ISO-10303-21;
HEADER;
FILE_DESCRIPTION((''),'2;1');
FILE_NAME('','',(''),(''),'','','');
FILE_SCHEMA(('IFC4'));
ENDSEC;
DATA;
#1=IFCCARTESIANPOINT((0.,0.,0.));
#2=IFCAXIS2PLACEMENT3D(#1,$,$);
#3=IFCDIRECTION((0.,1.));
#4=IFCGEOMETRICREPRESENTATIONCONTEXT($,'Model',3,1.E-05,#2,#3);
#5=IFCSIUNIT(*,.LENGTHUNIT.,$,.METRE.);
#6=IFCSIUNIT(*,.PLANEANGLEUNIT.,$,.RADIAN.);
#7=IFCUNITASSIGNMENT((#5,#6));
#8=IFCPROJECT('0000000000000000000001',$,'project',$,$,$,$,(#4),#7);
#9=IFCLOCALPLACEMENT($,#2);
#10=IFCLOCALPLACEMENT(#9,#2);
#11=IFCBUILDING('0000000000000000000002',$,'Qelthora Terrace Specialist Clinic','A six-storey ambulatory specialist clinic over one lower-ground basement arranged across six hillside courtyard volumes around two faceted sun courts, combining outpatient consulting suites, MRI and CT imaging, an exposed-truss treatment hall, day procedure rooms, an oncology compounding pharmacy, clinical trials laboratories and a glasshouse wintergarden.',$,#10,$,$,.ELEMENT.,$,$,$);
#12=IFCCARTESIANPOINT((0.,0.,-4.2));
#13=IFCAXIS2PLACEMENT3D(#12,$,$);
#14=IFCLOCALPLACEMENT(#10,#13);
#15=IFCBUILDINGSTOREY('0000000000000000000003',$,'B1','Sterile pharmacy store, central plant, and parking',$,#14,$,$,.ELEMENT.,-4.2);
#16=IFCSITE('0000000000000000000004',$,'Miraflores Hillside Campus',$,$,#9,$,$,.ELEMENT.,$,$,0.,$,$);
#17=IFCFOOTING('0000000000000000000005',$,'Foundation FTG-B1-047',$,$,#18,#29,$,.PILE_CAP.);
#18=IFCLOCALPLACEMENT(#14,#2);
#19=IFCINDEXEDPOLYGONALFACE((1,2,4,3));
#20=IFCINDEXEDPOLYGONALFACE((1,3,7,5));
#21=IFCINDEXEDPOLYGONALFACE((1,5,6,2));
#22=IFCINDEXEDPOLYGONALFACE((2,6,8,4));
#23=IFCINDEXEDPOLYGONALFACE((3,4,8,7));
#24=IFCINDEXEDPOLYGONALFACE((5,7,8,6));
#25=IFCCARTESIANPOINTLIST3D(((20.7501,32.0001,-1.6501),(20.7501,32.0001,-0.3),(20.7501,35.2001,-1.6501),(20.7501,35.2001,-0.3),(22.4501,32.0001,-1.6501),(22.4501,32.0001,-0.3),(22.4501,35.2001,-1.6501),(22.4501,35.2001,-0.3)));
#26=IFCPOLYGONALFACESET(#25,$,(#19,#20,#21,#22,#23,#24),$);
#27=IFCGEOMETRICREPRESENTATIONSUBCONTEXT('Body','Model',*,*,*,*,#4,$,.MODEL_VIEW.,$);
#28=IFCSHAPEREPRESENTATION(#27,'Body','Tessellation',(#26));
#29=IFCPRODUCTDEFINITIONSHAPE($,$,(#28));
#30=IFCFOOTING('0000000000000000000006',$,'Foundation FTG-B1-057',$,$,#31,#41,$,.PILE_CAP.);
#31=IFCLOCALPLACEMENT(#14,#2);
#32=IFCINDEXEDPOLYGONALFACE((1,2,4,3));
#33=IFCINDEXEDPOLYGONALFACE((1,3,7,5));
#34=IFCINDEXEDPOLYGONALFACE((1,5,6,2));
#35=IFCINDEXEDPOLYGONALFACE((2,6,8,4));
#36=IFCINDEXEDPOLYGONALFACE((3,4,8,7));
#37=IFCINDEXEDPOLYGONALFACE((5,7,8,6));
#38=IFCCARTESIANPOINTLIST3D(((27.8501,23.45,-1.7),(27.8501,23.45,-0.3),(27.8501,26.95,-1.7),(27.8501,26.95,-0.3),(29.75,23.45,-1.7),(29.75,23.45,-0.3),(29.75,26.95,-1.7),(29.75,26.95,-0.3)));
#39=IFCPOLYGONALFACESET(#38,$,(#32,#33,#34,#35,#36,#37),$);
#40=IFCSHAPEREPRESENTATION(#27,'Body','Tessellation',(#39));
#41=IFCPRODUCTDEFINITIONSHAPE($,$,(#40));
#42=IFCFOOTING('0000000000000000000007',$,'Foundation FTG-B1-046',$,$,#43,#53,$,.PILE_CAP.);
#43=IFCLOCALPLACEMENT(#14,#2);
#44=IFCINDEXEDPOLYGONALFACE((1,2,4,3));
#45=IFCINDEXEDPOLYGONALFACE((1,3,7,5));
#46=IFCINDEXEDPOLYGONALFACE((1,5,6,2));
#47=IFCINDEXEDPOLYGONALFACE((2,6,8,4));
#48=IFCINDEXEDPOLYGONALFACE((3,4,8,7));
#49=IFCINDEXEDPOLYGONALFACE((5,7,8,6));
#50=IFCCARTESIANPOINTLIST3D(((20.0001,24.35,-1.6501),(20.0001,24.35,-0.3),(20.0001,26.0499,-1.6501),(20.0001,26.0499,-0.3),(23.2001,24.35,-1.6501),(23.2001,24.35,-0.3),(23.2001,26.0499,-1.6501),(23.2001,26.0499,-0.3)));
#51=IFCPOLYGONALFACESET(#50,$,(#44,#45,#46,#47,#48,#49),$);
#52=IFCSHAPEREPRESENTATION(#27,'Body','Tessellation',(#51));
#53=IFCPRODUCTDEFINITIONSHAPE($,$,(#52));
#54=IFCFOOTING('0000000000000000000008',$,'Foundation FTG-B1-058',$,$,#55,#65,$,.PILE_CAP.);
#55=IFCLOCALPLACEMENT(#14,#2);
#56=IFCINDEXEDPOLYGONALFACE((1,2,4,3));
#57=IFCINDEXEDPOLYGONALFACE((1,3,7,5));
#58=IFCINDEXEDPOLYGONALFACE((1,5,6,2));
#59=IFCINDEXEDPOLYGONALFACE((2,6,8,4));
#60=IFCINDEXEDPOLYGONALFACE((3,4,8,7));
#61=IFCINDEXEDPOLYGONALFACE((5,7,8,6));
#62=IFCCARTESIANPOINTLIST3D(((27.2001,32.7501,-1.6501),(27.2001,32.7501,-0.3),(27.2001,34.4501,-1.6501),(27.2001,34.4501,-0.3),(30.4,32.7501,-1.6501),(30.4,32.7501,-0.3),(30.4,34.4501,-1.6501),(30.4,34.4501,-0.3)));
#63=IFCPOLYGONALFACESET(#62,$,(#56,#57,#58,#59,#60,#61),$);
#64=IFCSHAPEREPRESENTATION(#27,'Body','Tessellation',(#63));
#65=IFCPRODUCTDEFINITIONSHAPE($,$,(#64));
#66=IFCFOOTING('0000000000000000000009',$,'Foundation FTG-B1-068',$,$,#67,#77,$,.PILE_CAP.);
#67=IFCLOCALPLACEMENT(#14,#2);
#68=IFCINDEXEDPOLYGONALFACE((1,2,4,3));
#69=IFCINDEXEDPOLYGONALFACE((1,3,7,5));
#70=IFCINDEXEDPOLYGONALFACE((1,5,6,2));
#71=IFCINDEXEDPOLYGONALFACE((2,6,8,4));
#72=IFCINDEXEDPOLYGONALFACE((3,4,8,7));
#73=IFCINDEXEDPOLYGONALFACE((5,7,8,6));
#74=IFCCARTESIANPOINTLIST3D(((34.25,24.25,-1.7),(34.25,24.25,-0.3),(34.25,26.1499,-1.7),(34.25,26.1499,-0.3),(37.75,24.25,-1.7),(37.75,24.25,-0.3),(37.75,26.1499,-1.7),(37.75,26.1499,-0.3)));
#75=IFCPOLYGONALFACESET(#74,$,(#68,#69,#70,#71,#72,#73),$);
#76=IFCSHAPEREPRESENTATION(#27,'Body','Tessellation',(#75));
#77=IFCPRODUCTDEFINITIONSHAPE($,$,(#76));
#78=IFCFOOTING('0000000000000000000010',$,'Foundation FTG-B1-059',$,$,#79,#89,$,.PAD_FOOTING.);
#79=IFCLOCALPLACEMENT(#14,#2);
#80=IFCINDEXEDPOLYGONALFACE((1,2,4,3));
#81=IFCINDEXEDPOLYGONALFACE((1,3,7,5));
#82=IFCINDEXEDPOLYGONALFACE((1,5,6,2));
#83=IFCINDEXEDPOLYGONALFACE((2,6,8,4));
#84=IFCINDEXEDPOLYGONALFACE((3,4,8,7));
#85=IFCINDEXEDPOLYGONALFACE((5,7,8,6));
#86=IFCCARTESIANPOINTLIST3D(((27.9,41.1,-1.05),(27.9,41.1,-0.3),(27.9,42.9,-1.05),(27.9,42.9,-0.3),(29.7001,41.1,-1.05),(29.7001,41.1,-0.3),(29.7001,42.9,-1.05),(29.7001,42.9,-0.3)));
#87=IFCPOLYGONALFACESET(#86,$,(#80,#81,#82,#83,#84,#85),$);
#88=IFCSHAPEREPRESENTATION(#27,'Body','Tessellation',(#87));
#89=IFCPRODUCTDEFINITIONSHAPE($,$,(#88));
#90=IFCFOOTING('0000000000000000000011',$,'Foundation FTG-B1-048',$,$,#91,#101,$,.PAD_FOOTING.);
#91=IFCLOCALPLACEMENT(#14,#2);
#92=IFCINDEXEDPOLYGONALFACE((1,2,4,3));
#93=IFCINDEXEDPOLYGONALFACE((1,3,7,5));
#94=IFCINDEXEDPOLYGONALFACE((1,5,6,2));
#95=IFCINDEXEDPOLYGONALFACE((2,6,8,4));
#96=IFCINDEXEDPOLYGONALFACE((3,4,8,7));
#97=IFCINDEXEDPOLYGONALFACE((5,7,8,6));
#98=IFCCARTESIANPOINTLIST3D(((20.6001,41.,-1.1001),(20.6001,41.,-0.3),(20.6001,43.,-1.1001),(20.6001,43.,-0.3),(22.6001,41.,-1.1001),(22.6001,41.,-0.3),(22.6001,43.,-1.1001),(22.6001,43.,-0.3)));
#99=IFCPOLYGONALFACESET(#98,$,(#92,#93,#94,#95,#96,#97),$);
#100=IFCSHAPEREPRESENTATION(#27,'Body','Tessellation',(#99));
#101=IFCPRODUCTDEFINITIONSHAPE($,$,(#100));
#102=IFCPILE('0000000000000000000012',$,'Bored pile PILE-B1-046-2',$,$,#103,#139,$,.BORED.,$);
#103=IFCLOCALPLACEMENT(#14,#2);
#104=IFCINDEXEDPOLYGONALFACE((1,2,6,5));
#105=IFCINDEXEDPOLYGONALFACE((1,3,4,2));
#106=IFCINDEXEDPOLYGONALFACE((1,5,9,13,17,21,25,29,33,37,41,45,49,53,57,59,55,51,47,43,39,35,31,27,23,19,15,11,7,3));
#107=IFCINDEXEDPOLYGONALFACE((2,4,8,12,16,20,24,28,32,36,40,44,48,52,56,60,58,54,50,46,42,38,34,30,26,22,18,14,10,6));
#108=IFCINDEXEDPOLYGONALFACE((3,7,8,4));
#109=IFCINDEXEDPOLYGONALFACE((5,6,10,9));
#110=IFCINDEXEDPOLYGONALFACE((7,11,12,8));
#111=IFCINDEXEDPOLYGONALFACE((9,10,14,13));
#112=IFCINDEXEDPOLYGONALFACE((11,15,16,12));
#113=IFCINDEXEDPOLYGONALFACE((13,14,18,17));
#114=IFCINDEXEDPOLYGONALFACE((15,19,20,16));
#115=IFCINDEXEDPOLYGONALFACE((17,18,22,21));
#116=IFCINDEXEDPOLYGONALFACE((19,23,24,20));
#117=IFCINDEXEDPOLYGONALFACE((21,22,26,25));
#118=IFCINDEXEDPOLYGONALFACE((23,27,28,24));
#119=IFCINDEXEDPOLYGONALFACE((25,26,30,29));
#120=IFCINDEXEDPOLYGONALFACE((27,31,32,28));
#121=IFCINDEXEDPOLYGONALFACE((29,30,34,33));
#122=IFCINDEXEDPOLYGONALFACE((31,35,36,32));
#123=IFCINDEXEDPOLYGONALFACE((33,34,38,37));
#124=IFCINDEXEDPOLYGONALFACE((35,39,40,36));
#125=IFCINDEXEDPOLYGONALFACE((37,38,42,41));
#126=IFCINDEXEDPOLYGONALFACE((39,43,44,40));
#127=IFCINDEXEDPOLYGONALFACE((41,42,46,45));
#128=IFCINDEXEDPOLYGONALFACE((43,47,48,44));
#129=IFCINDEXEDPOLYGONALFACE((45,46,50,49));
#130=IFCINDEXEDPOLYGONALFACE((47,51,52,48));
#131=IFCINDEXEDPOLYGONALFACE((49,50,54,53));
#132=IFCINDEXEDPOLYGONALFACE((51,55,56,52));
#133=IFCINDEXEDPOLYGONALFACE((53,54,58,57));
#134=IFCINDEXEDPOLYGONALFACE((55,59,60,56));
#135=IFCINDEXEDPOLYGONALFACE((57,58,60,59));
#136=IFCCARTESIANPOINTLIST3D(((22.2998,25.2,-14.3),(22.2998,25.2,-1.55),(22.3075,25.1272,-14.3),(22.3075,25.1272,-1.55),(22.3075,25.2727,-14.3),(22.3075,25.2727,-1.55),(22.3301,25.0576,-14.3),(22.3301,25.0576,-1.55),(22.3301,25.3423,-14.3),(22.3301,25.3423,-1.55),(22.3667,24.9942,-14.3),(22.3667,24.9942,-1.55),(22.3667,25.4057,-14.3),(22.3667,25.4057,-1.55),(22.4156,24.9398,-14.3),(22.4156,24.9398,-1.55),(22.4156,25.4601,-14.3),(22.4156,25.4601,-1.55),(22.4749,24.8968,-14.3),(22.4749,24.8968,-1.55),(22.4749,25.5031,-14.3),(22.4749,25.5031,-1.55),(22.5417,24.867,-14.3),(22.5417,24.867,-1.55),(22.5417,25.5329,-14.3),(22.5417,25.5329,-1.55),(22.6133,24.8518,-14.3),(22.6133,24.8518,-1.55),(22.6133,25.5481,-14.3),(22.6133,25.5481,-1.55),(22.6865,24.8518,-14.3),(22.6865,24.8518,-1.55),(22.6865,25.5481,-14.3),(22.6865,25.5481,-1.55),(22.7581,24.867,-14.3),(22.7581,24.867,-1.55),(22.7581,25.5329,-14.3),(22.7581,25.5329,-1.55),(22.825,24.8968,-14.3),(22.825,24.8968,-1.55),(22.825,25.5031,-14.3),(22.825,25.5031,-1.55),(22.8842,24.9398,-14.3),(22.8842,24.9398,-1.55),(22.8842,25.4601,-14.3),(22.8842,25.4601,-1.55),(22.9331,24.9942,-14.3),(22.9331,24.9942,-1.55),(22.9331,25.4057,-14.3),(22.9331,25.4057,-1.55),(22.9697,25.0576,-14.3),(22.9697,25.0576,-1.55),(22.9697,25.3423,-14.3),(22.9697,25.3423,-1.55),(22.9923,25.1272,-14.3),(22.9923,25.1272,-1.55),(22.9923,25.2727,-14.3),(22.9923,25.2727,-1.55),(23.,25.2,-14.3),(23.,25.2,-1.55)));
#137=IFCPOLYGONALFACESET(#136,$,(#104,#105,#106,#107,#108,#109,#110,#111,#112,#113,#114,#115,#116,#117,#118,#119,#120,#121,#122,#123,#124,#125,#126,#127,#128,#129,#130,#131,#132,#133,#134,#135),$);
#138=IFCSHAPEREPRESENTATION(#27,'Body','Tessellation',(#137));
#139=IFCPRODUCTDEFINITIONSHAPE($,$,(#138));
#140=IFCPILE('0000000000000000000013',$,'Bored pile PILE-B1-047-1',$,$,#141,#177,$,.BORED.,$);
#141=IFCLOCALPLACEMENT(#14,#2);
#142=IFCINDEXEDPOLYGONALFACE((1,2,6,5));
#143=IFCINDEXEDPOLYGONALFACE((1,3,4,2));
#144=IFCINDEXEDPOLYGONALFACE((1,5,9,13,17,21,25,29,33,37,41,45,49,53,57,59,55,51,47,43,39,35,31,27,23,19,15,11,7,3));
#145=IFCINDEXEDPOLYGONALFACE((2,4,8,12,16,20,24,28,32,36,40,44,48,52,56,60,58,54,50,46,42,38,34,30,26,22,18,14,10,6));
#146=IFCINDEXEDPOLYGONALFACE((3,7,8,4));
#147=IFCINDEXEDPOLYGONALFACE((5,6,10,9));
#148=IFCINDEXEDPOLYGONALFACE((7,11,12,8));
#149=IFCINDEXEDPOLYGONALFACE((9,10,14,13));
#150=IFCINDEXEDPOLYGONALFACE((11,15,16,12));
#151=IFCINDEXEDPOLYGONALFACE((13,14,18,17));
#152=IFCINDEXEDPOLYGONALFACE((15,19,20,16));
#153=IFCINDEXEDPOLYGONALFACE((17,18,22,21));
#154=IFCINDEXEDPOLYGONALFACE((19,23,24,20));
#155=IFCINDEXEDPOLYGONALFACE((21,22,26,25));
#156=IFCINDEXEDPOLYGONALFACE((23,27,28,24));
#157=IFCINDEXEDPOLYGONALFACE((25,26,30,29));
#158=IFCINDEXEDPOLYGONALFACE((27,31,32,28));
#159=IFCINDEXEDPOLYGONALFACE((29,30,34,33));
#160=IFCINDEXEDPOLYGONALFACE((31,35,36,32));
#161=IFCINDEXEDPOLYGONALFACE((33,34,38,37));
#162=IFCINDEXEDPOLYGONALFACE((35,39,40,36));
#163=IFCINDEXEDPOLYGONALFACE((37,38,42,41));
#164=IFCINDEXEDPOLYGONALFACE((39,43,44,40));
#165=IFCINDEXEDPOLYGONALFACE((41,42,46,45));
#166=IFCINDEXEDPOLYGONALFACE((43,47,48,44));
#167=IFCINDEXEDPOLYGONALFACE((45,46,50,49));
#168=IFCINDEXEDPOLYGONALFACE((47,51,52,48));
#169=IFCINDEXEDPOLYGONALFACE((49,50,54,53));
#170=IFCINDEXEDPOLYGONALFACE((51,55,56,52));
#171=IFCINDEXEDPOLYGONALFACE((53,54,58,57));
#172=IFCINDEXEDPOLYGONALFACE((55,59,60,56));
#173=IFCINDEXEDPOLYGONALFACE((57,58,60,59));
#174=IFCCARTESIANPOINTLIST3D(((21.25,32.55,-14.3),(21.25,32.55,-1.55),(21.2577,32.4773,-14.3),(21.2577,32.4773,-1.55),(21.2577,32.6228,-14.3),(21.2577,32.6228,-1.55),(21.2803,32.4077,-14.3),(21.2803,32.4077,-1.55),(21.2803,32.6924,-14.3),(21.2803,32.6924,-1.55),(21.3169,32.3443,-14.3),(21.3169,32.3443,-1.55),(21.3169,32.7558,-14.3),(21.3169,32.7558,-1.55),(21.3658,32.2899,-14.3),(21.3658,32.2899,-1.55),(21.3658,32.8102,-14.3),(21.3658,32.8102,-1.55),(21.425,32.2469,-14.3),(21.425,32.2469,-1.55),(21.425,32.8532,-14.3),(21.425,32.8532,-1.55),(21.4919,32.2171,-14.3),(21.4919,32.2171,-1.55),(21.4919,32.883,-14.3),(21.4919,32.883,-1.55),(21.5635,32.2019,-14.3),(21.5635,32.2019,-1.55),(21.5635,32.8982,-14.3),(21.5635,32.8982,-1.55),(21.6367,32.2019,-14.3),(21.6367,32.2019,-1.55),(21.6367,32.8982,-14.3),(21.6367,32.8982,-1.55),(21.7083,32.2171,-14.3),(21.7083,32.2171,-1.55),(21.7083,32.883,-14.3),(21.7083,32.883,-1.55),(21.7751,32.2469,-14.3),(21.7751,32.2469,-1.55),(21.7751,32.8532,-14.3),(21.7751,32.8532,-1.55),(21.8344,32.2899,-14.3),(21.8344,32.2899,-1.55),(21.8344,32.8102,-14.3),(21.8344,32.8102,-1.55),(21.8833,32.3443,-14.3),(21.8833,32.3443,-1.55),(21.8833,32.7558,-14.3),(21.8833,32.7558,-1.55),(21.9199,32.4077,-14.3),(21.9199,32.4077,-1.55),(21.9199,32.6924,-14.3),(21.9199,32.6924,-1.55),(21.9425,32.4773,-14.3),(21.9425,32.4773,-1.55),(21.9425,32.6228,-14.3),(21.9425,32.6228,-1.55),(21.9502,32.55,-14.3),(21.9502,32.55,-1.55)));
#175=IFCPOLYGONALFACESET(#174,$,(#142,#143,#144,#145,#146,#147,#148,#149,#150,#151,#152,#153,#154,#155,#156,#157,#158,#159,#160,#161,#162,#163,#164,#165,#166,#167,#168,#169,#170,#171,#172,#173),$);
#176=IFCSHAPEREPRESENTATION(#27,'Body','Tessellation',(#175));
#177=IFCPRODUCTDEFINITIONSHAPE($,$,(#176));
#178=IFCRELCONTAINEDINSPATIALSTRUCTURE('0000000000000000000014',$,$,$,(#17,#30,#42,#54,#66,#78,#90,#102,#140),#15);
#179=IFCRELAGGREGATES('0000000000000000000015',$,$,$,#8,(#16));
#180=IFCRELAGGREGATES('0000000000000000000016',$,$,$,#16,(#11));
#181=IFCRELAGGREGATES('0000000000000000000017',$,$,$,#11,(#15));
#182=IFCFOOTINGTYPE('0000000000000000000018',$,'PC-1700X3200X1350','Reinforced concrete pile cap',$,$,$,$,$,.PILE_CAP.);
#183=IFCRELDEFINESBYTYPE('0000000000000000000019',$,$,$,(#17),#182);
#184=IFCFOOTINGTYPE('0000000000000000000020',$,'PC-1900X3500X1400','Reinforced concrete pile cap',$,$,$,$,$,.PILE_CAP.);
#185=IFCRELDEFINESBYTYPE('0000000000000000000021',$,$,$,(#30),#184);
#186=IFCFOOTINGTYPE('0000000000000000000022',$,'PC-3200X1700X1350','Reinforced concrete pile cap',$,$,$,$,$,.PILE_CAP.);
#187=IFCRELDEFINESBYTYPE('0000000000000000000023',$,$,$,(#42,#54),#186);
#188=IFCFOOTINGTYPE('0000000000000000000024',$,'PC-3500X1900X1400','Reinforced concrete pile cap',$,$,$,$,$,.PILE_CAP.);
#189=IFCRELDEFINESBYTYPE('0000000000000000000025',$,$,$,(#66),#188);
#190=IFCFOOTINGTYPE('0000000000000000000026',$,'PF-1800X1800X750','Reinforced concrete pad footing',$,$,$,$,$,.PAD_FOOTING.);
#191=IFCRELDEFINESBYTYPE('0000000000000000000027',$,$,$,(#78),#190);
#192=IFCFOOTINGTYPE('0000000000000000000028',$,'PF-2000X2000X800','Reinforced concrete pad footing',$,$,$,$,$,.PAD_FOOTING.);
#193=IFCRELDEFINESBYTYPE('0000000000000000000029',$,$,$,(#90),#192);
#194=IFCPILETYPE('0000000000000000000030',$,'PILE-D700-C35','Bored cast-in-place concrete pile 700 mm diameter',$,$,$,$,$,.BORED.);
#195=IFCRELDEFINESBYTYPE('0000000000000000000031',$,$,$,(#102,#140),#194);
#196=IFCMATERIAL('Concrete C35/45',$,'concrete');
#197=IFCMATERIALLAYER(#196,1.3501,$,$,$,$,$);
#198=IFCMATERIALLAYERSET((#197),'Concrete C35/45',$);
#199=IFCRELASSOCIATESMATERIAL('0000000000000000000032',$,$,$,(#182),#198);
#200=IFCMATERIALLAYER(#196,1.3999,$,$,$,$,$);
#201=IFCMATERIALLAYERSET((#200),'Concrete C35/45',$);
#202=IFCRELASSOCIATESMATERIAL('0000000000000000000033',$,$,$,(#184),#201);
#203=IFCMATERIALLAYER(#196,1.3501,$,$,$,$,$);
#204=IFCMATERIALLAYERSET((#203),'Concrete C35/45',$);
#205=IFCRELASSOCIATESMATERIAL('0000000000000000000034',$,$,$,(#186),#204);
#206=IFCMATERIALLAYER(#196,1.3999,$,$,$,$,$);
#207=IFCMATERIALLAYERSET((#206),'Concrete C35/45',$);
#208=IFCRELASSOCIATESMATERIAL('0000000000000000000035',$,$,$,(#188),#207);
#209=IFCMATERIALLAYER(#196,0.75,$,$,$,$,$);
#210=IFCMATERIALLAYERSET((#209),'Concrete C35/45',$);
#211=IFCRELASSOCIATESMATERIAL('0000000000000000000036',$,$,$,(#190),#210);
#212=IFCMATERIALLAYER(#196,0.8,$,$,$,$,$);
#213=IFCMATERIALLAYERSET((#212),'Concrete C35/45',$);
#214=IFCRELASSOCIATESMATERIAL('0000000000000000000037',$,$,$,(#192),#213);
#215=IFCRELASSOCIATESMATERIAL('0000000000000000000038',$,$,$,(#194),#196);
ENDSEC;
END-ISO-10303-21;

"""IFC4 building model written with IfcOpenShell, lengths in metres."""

from ifc_helpers import new_model, si_unit, direction, frame, origin, origin_2d, place, context, subcontext, project, spatial, rectangle, circle, extrude, material, layer, layer_set, material_profile, profile_set, type_object, element, save


model = new_model("IFC4")

# Units and contexts
model_context = context("Model", 3, precision=1e-05, world=origin(), true_north=direction((0.0, 1.0)))
body_context = subcontext(model_context, "Body", "Model", "MODEL_VIEW")
ifc_project = project(units=[si_unit("LENGTHUNIT", "METRE"), si_unit("PLANEANGLEUNIT", "RADIAN")], contexts=[model_context])

# Site, building, storey
site_placement = place(None, origin())
site = spatial("IfcSite", under=ifc_project, at=site_placement, Name="Miraflores Hillside Campus", CompositionType="ELEMENT", RefElevation=0.0)
building_placement = place(site_placement, origin())
building = spatial("IfcBuilding", under=site, at=building_placement, Name="Qelthora Terrace Specialist Clinic", Description="A six-storey ambulatory specialist clinic over one lower-ground basement arranged across six hillside courtyard volumes around two faceted sun courts, combining outpatient consulting suites, MRI and CT imaging, an exposed-truss treatment hall, day procedure rooms, an oncology compounding pharmacy, clinical trials laboratories and a glasshouse wintergarden.", CompositionType="ELEMENT")
storey_placement = place(building_placement, frame((0.0, 0.0, -4.2)))
storey = spatial("IfcBuildingStorey", under=building, at=storey_placement, Name="B1", Description="Sterile pharmacy store, central plant, and parking", CompositionType="ELEMENT", Elevation=-4.2)

# Footings
ifc_material_1 = material(Name="Concrete C35/45", Category="concrete")
ifc_layer_1 = layer(ifc_material_1, 1.3501)
ifc_layer_set_1 = layer_set([ifc_layer_1], Name="Concrete C35/45")
footing_type_1 = type_object("IfcFootingType", Name="PC-1700X3200X1350", Description="Reinforced concrete pile cap", PredefinedType="PILE_CAP", material=ifc_layer_set_1)
footing_1_placement = place(storey_placement, frame((21.6001, 33.6001, -1.6501), z_axis=(0.0, 0.0, 1.0), x_axis=(1.0, 0.0, 0.0)))
element("IfcFooting", 1, at=footing_1_placement, inside=storey, type_object=footing_type_1, Name="Foundation FTG-B1-047", PredefinedType="PILE_CAP", context=body_context, shape_type="SweptSolid", body=[
    extrude(rectangle(XDim=1.7, YDim=3.2, at=origin_2d()), origin(), (0.0, 0.0, 1.0), 1.3501),
])
ifc_layer_2 = layer(ifc_material_1, 1.3999)
ifc_layer_set_2 = layer_set([ifc_layer_2], Name="Concrete C35/45")
footing_type_2 = type_object("IfcFootingType", Name="PC-1900X3500X1400", Description="Reinforced concrete pile cap", PredefinedType="PILE_CAP", material=ifc_layer_set_2)
footing_2_placement = place(storey_placement, frame((28.8, 25.2, -1.7), z_axis=(0.0, 0.0, 1.0), x_axis=(1.0, 0.0, 0.0)))
element("IfcFooting", 2, at=footing_2_placement, inside=storey, type_object=footing_type_2, Name="Foundation FTG-B1-057", PredefinedType="PILE_CAP", context=body_context, shape_type="SweptSolid", body=[
    extrude(rectangle(XDim=1.8999, YDim=3.5, at=origin_2d()), origin(), (0.0, 0.0, 1.0), 1.3999),
])
ifc_layer_3 = layer(ifc_material_1, 1.3501)
ifc_layer_set_3 = layer_set([ifc_layer_3], Name="Concrete C35/45")
footing_type_3 = type_object("IfcFootingType", Name="PC-3200X1700X1350", Description="Reinforced concrete pile cap", PredefinedType="PILE_CAP", material=ifc_layer_set_3)
for number, where, z_axis, x_axis, name in (
    (3, (21.6001, 25.2, -1.6501), (0.0, 0.0, 1.0), (1.0, 0.0, 0.0), "Foundation FTG-B1-046"),
    (4, (28.8, 33.6001, -1.6501), (0.0, 0.0, 1.0), (1.0, 0.0, 0.0), "Foundation FTG-B1-058"),
):
    element("IfcFooting", number, at=place(storey_placement, frame(where, z_axis=z_axis, x_axis=x_axis)), inside=storey, type_object=footing_type_3, Name=name, PredefinedType="PILE_CAP", context=body_context, shape_type="SweptSolid", body=[
        extrude(rectangle(XDim=3.2, YDim=1.7, at=origin_2d()), origin(), (0.0, 0.0, 1.0), 1.3501),
    ])
ifc_layer_4 = layer(ifc_material_1, 1.3999)
ifc_layer_set_4 = layer_set([ifc_layer_4], Name="Concrete C35/45")
footing_type_4 = type_object("IfcFootingType", Name="PC-3500X1900X1400", Description="Reinforced concrete pile cap", PredefinedType="PILE_CAP", material=ifc_layer_set_4)
footing_3_placement = place(storey_placement, frame((36.0, 25.2, -1.7), z_axis=(0.0, 0.0, 1.0), x_axis=(1.0, 0.0, 0.0)))
element("IfcFooting", 5, at=footing_3_placement, inside=storey, type_object=footing_type_4, Name="Foundation FTG-B1-068", PredefinedType="PILE_CAP", context=body_context, shape_type="SweptSolid", body=[
    extrude(rectangle(XDim=3.5, YDim=1.8999, at=origin_2d()), origin(), (0.0, 0.0, 1.0), 1.3999),
])
ifc_layer_5 = layer(ifc_material_1, 0.75)
ifc_layer_set_5 = layer_set([ifc_layer_5], Name="Concrete C35/45")
footing_type_5 = type_object("IfcFootingType", Name="PF-1800X1800X750", Description="Reinforced concrete pad footing", PredefinedType="PAD_FOOTING", material=ifc_layer_set_5)
footing_4_placement = place(storey_placement, frame((28.8, 42.0, -1.05), z_axis=(0.0, 0.0, 1.0), x_axis=(1.0, 0.0, 0.0)))
element("IfcFooting", 6, at=footing_4_placement, inside=storey, type_object=footing_type_5, Name="Foundation FTG-B1-059", PredefinedType="PAD_FOOTING", context=body_context, shape_type="SweptSolid", body=[
    extrude(rectangle(XDim=1.8, YDim=1.8, at=origin_2d()), origin(), (0.0, 0.0, 1.0), 0.75),
])
ifc_layer_6 = layer(ifc_material_1, 0.8)
ifc_layer_set_6 = layer_set([ifc_layer_6], Name="Concrete C35/45")
footing_type_6 = type_object("IfcFootingType", Name="PF-2000X2000X800", Description="Reinforced concrete pad footing", PredefinedType="PAD_FOOTING", material=ifc_layer_set_6)
footing_5_placement = place(storey_placement, frame((21.6001, 42.0, -1.1001), z_axis=(0.0, 0.0, 1.0), x_axis=(1.0, 0.0, 0.0)))
element("IfcFooting", 7, at=footing_5_placement, inside=storey, type_object=footing_type_6, Name="Foundation FTG-B1-048", PredefinedType="PAD_FOOTING", context=body_context, shape_type="SweptSolid", body=[
    extrude(rectangle(XDim=2.0, YDim=2.0, at=origin_2d()), origin(), (0.0, 0.0, 1.0), 0.8),
])

# Piles
ifc_material_profile_1 = material_profile(ifc_material_1, circle(Radius=0.3501, at=origin_2d()), Name="PILE700")
ifc_profile_set_1 = profile_set([ifc_material_profile_1], Name="Concrete C35/45")
pile_type_1 = type_object("IfcPileType", Name="PILE-D700-C35", Description="Bored cast-in-place concrete pile 700 mm diameter", PredefinedType="BORED", material=ifc_profile_set_1)
for number, where, z_axis, x_axis, name in (
    (8, (22.6499, 25.2, -1.55), (0.0, 0.0, -1.0), (1.0, 0.0, 0.0), "Bored pile PILE-B1-046-2"),
    (9, (21.6001, 32.55, -1.55), (0.0, 0.0, -1.0), (1.0, 0.0, 0.0), "Bored pile PILE-B1-047-1"),
):
    element("IfcPile", number, at=place(storey_placement, frame(where, z_axis=z_axis, x_axis=x_axis)), inside=storey, type_object=pile_type_1, Name=name, PredefinedType="BORED", context=body_context, shape_type="SweptSolid", body=[
        extrude(circle(Radius=0.3501, at=origin_2d()), origin(), (0.0, 0.0, 1.0), 12.75),
    ])

save(model, "model.ifc")
